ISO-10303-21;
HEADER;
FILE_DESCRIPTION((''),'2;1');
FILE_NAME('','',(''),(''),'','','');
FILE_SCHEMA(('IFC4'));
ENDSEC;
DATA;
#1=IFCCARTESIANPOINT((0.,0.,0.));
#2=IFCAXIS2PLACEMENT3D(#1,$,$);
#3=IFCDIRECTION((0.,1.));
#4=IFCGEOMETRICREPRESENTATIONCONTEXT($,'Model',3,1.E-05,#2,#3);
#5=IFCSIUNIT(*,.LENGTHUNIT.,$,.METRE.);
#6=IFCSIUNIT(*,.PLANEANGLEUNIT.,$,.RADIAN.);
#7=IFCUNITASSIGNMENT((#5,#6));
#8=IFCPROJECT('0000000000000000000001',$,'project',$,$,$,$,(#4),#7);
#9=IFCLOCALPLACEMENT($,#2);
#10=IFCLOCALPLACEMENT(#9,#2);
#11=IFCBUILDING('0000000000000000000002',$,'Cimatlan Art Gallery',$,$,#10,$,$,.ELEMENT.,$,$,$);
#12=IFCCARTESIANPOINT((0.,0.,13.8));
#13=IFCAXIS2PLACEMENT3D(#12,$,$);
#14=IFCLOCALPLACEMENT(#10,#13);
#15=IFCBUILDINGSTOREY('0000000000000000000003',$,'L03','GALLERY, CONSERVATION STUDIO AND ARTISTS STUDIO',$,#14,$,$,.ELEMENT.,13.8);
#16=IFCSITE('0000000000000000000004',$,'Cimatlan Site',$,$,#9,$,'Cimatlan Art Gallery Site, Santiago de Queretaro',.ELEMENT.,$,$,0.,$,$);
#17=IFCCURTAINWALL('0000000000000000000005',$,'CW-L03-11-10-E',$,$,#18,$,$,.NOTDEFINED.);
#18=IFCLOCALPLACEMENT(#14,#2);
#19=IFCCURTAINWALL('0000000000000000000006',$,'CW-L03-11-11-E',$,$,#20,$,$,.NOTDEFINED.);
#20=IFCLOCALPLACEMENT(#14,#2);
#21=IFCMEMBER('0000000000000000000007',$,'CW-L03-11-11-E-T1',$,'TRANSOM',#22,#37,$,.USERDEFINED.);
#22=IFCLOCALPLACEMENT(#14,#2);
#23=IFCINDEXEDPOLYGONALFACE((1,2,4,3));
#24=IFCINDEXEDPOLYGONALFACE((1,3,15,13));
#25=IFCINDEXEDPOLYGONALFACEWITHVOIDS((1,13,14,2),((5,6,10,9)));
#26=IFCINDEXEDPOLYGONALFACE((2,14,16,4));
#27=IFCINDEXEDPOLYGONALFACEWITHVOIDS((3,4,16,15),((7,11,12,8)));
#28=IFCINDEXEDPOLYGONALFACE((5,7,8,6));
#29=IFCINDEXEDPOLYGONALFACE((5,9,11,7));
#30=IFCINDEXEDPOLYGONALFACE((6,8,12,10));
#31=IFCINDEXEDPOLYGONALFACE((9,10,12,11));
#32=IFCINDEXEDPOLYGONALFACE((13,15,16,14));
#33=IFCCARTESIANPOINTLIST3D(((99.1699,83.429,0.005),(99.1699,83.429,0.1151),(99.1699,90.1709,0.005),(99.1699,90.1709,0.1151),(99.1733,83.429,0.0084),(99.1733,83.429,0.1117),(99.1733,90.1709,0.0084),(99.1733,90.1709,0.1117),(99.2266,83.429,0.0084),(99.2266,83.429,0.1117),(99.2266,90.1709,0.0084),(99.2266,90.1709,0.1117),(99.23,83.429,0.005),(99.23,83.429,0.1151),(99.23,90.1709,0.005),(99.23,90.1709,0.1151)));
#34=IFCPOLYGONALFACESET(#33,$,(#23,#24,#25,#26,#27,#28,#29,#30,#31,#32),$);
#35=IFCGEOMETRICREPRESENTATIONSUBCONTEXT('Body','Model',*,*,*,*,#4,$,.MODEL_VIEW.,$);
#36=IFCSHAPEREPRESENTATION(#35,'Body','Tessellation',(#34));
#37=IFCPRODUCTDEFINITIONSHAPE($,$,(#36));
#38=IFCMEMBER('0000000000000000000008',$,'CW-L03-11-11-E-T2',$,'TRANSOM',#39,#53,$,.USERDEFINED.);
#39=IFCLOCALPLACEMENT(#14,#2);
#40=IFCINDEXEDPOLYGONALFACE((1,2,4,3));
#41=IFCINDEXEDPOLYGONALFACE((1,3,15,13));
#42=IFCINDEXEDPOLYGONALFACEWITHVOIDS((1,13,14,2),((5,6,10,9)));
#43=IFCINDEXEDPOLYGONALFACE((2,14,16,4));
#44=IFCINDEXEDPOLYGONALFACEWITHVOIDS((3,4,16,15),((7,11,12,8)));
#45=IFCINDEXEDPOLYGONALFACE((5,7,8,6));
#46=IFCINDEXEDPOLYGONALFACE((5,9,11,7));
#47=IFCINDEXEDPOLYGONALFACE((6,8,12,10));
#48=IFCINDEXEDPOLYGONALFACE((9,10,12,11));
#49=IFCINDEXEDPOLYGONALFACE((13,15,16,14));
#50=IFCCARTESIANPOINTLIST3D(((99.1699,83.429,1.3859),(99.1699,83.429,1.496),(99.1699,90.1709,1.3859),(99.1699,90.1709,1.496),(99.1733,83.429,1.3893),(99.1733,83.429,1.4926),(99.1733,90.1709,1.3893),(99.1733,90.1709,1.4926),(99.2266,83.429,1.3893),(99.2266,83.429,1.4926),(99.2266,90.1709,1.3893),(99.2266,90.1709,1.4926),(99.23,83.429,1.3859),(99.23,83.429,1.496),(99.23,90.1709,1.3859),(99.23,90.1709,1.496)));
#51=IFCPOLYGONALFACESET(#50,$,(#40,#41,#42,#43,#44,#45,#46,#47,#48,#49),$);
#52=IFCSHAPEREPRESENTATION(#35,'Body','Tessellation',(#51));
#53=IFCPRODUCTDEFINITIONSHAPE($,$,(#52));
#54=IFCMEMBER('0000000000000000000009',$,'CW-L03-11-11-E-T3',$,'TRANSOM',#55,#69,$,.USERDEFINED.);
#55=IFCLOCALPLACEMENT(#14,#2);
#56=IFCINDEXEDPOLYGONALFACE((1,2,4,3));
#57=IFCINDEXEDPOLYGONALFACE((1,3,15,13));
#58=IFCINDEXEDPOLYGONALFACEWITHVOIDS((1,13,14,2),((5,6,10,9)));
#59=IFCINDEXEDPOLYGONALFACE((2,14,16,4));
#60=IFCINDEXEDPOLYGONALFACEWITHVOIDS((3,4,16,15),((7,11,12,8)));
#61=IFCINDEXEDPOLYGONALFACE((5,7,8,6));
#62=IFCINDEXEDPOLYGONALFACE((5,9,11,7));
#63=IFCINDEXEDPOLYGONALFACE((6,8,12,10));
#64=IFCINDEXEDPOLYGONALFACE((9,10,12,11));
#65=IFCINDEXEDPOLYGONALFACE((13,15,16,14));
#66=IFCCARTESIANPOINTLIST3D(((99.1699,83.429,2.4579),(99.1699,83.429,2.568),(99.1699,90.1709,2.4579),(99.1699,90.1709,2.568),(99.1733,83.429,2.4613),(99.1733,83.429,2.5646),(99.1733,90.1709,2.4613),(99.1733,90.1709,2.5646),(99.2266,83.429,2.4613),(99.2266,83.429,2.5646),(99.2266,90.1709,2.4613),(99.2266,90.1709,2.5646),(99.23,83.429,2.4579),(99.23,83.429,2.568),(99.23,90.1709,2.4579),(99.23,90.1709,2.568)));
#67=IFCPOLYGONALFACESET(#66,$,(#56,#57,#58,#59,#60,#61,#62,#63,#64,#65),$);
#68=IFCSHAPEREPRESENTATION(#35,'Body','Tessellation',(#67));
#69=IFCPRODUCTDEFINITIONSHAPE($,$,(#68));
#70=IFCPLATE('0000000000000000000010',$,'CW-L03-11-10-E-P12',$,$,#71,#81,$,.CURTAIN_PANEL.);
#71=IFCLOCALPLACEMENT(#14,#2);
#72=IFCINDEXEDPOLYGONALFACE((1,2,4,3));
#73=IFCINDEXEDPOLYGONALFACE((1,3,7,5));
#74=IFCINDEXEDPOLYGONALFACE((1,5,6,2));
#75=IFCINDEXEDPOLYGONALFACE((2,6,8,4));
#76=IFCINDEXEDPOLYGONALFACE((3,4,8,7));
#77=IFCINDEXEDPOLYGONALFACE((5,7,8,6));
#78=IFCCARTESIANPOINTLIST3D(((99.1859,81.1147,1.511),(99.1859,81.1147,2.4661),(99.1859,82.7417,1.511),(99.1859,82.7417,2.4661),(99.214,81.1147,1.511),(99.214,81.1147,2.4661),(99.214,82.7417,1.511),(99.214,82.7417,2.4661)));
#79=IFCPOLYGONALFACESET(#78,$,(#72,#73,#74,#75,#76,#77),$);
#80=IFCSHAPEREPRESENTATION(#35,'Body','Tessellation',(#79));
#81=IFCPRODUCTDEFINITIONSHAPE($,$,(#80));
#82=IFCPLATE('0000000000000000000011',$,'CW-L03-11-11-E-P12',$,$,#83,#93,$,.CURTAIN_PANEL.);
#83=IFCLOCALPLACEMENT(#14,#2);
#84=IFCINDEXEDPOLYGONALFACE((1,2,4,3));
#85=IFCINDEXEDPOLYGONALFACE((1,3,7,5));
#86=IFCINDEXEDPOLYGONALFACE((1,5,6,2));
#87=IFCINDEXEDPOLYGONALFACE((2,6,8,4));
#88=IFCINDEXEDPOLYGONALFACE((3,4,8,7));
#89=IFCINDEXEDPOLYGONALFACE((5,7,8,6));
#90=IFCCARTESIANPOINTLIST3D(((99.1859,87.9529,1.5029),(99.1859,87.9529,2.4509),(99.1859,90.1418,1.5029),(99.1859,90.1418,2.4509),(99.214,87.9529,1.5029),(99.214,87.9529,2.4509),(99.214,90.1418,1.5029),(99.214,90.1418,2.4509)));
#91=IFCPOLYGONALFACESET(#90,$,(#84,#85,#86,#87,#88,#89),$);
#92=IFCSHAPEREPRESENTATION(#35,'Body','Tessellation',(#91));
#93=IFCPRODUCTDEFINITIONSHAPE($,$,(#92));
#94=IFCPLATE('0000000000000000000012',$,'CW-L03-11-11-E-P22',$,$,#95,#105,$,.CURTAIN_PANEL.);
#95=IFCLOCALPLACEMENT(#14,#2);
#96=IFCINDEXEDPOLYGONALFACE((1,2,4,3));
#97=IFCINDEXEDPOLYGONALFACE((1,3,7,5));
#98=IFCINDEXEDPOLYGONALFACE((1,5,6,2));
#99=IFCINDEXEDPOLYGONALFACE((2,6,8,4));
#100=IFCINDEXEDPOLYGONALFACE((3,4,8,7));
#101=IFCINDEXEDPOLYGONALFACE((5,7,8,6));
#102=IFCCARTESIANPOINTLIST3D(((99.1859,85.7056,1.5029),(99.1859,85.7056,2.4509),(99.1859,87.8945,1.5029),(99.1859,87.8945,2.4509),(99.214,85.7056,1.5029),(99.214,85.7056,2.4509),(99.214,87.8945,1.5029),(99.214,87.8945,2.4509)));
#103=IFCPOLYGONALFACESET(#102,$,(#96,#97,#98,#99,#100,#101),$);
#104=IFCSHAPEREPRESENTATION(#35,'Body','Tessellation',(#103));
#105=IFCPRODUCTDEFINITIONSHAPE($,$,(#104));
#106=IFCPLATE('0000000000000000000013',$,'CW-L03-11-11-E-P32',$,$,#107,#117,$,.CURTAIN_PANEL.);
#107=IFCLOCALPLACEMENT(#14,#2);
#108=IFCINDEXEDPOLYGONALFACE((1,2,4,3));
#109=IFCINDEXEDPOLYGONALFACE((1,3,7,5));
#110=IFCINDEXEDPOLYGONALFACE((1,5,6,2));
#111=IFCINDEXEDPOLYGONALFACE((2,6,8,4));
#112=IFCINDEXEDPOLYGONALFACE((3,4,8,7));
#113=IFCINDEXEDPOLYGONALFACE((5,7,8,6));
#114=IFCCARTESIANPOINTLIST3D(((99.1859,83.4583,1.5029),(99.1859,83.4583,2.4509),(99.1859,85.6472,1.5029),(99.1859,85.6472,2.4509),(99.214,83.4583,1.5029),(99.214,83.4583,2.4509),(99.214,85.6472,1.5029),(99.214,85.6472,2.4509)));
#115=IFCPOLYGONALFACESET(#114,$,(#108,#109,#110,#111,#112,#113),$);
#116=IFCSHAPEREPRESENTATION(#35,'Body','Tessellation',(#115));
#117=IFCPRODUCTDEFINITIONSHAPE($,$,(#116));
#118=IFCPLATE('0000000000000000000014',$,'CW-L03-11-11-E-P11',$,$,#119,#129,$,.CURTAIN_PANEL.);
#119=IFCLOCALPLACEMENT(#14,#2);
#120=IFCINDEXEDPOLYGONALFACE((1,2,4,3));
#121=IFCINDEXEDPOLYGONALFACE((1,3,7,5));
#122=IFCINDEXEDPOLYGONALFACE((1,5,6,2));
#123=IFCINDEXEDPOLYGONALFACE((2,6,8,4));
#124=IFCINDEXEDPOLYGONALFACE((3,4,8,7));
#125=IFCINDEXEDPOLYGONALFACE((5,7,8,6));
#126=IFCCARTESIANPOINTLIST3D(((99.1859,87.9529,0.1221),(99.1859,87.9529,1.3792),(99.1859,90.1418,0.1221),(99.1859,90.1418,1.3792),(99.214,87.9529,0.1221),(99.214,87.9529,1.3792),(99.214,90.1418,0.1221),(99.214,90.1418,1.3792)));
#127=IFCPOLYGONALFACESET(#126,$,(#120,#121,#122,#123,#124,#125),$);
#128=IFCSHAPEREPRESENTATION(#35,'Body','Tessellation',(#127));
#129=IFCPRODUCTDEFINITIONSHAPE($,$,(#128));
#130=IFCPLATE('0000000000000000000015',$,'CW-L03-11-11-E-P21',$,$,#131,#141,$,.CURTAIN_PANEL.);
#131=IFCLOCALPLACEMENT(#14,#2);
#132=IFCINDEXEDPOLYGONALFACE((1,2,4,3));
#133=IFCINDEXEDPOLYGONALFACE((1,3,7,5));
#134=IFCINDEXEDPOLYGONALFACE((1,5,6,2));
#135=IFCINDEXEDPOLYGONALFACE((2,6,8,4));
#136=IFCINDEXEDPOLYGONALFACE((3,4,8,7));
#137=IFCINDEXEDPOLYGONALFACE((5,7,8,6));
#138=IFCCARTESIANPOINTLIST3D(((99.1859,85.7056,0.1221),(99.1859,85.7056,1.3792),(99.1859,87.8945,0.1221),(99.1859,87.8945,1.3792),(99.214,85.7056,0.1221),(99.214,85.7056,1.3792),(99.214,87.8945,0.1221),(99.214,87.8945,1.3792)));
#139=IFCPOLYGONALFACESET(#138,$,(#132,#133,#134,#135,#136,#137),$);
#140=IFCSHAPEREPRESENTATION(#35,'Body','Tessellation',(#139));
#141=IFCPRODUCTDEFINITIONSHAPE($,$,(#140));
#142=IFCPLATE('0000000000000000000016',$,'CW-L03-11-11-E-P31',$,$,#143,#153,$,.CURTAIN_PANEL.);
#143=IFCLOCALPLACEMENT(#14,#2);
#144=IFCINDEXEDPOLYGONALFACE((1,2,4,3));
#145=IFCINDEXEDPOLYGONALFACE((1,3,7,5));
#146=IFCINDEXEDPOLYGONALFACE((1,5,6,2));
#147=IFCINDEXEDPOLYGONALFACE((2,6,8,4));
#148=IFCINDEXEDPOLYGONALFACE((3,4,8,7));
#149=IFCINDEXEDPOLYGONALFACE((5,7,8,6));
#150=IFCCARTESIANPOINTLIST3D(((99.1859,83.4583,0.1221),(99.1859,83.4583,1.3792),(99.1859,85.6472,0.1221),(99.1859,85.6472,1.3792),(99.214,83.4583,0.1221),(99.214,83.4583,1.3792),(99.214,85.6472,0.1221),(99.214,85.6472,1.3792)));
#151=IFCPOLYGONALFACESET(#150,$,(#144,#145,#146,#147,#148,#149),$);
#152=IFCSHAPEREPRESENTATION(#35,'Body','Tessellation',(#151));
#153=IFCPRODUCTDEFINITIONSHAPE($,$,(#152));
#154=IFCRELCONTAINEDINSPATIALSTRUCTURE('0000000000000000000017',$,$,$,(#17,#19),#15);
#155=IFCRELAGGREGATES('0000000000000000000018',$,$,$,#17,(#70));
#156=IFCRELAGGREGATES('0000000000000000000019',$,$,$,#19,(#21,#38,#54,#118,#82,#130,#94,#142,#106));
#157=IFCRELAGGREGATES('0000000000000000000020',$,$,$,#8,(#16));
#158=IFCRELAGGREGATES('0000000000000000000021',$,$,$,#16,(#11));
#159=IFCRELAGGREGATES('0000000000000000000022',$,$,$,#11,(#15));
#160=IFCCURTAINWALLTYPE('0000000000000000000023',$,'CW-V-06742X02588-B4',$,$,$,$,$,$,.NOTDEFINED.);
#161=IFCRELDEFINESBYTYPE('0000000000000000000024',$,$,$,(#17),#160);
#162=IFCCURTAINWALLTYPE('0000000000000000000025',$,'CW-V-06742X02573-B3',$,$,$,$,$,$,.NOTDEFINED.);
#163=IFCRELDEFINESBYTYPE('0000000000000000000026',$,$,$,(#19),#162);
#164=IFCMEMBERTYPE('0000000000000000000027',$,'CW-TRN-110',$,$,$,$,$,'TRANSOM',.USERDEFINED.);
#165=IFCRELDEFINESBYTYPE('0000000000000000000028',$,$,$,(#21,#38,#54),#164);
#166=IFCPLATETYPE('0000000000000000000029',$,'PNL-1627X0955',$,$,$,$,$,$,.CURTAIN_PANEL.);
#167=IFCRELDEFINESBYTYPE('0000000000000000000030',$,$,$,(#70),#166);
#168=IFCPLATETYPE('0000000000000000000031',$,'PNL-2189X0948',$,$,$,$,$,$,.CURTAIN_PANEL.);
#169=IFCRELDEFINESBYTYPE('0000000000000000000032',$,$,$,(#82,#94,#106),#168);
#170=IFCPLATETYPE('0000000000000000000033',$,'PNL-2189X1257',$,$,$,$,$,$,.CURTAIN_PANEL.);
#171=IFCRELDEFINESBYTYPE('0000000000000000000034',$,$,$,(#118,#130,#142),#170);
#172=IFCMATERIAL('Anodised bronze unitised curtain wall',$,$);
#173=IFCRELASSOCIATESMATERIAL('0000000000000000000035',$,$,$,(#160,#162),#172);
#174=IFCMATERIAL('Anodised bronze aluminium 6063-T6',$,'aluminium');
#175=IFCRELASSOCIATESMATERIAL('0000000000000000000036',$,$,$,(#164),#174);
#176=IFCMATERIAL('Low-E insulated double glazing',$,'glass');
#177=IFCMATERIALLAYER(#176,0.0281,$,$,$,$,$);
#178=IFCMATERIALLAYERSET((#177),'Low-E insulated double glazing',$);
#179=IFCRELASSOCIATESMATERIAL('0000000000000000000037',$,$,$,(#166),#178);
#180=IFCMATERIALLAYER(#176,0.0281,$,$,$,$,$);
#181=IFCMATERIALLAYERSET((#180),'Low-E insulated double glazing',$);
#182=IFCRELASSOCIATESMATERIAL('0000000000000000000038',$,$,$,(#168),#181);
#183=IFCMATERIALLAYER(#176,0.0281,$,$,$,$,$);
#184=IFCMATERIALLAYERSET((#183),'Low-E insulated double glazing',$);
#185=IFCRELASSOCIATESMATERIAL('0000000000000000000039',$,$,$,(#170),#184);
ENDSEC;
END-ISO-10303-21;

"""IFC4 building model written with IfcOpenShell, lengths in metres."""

from ifc_helpers import new_model, si_unit, direction, frame, origin, origin_2d, place, context, subcontext, project, spatial, rectangle, hollow_rectangle, extrude, material, layer, layer_set, material_profile, profile_set, type_object, element, aggregate, save


model = new_model("IFC4")

# Units and contexts
model_context = context("Model", 3, precision=1e-05, world=origin(), true_north=direction((0.0, 1.0)))
body_context = subcontext(model_context, "Body", "Model", "MODEL_VIEW")
ifc_project = project(units=[si_unit("LENGTHUNIT", "METRE"), si_unit("PLANEANGLEUNIT", "RADIAN")], contexts=[model_context])

# Site, building, storey
site_placement = place(None, origin())
site = spatial("IfcSite", under=ifc_project, at=site_placement, Name="Cimatlan Site", LongName="Cimatlan Art Gallery Site, Santiago de Queretaro", CompositionType="ELEMENT", RefElevation=0.0)
building_placement = place(site_placement, origin())
building = spatial("IfcBuilding", under=site, at=building_placement, Name="Cimatlan Art Gallery", CompositionType="ELEMENT")
storey_placement = place(building_placement, frame((0.0, 0.0, 13.8)))
storey = spatial("IfcBuildingStorey", under=building, at=storey_placement, Name="L03", Description="GALLERY, CONSERVATION STUDIO AND ARTISTS STUDIO", CompositionType="ELEMENT", Elevation=13.8)

# Curtain wall
ifc_material_1 = material(Name="Anodised bronze unitised curtain wall")
curtain_wall_type_1 = type_object("IfcCurtainWallType", Name="CW-V-06742X02588-B4", PredefinedType="NOTDEFINED", material=ifc_material_1)
curtain_wall_1_placement = place(storey_placement, origin())
curtain_wall_1 = element("IfcCurtainWall", 1, at=curtain_wall_1_placement, inside=storey, type_object=curtain_wall_type_1, Name="CW-L03-11-10-E", PredefinedType="NOTDEFINED")
ifc_material_2 = material(Name="Anodised bronze aluminium 6063-T6", Category="aluminium")

# Curtain wall
curtain_wall_type_2 = type_object("IfcCurtainWallType", Name="CW-V-06742X02573-B3", PredefinedType="NOTDEFINED", material=ifc_material_1)
curtain_wall_2_placement = place(storey_placement, origin())
curtain_wall_2 = element("IfcCurtainWall", 2, at=curtain_wall_2_placement, inside=storey, type_object=curtain_wall_type_2, Name="CW-L03-11-11-E", PredefinedType="NOTDEFINED")

# Members
ifc_material_profile_1 = material_profile(ifc_material_2, hollow_rectangle(XDim=0.0601, YDim=0.1101, WallThickness=0.0034, at=origin_2d()), Name="ALU60X110X3")
ifc_profile_set_1 = profile_set([ifc_material_profile_1], Name="Anodised bronze aluminium 6063-T6")
member_type_1 = type_object("IfcMemberType", Name="CW-TRN-110", ElementType="TRANSOM", PredefinedType="USERDEFINED", material=ifc_profile_set_1)
member_1_placement = place(storey_placement, frame((99.2, 90.1709, 0.0601), z_axis=(0.0, -1.0, 0.0), x_axis=(1.0, 0.0, 0.0)))
member_1 = element("IfcMember", 3, at=member_1_placement, type_object=member_type_1, Name="CW-L03-11-11-E-T1", ObjectType="TRANSOM", PredefinedType="USERDEFINED", context=body_context, shape_type="SweptSolid", body=[
    extrude(hollow_rectangle(XDim=0.0601, YDim=0.1101, WallThickness=0.0034, at=origin_2d()), origin(), (0.0, 0.0, 1.0), 6.7419),
])
member_2_placement = place(storey_placement, frame((99.2, 90.1709, 1.4409), z_axis=(0.0, -1.0, 0.0), x_axis=(1.0, 0.0, 0.0)))
member_2 = element("IfcMember", 4, at=member_2_placement, type_object=member_type_1, Name="CW-L03-11-11-E-T2", ObjectType="TRANSOM", PredefinedType="USERDEFINED", context=body_context, shape_type="SweptSolid", body=[
    extrude(hollow_rectangle(XDim=0.0601, YDim=0.1101, WallThickness=0.0034, at=origin_2d()), origin(), (0.0, 0.0, 1.0), 6.7419),
])
member_3_placement = place(storey_placement, frame((99.2, 90.1709, 2.5129), z_axis=(0.0, -1.0, 0.0), x_axis=(1.0, 0.0, 0.0)))
member_3 = element("IfcMember", 5, at=member_3_placement, type_object=member_type_1, Name="CW-L03-11-11-E-T3", ObjectType="TRANSOM", PredefinedType="USERDEFINED", context=body_context, shape_type="SweptSolid", body=[
    extrude(hollow_rectangle(XDim=0.0601, YDim=0.1101, WallThickness=0.0034, at=origin_2d()), origin(), (0.0, 0.0, 1.0), 6.7419),
])

# Plates
ifc_material_3 = material(Name="Low-E insulated double glazing", Category="glass")
ifc_layer_1 = layer(ifc_material_3, 0.0281)
ifc_layer_set_1 = layer_set([ifc_layer_1], Name="Low-E insulated double glazing")
plate_type_1 = type_object("IfcPlateType", Name="PNL-1627X0955", PredefinedType="CURTAIN_PANEL", material=ifc_layer_set_1)
plate_1_placement = place(storey_placement, frame((99.2, 81.9282, 1.511), z_axis=(0.0, 0.0, 1.0), x_axis=(0.0, -1.0, 0.0)))
plate_1 = element("IfcPlate", 6, at=plate_1_placement, type_object=plate_type_1, Name="CW-L03-11-10-E-P12", PredefinedType="CURTAIN_PANEL", context=body_context, shape_type="SweptSolid", body=[
    extrude(rectangle(XDim=1.627, YDim=0.0281, at=origin_2d()), origin(), (0.0, 0.0, 1.0), 0.9551),
])
aggregate(curtain_wall_1, [plate_1])
ifc_layer_2 = layer(ifc_material_3, 0.0281)
ifc_layer_set_2 = layer_set([ifc_layer_2], Name="Low-E insulated double glazing")
plate_type_2 = type_object("IfcPlateType", Name="PNL-2189X0948", PredefinedType="CURTAIN_PANEL", material=ifc_layer_set_2)
plate_2_placement = place(storey_placement, frame((99.2, 89.0474, 1.5029), z_axis=(0.0, 0.0, 1.0), x_axis=(0.0, -1.0, 0.0)))
plate_2 = element("IfcPlate", 7, at=plate_2_placement, type_object=plate_type_2, Name="CW-L03-11-11-E-P12", PredefinedType="CURTAIN_PANEL", context=body_context, shape_type="SweptSolid", body=[
    extrude(rectangle(XDim=2.189, YDim=0.0281, at=origin_2d()), origin(), (0.0, 0.0, 1.0), 0.948),
])
plate_3_placement = place(storey_placement, frame((99.2, 86.8, 1.5029), z_axis=(0.0, 0.0, 1.0), x_axis=(0.0, -1.0, 0.0)))
plate_3 = element("IfcPlate", 8, at=plate_3_placement, type_object=plate_type_2, Name="CW-L03-11-11-E-P22", PredefinedType="CURTAIN_PANEL", context=body_context, shape_type="SweptSolid", body=[
    extrude(rectangle(XDim=2.189, YDim=0.0281, at=origin_2d()), origin(), (0.0, 0.0, 1.0), 0.948),
])
plate_4_placement = place(storey_placement, frame((99.2, 84.5527, 1.5029), z_axis=(0.0, 0.0, 1.0), x_axis=(0.0, -1.0, 0.0)))
plate_4 = element("IfcPlate", 9, at=plate_4_placement, type_object=plate_type_2, Name="CW-L03-11-11-E-P32", PredefinedType="CURTAIN_PANEL", context=body_context, shape_type="SweptSolid", body=[
    extrude(rectangle(XDim=2.189, YDim=0.0281, at=origin_2d()), origin(), (0.0, 0.0, 1.0), 0.948),
])
ifc_layer_3 = layer(ifc_material_3, 0.0281)
ifc_layer_set_3 = layer_set([ifc_layer_3], Name="Low-E insulated double glazing")
plate_type_3 = type_object("IfcPlateType", Name="PNL-2189X1257", PredefinedType="CURTAIN_PANEL", material=ifc_layer_set_3)
plate_5_placement = place(storey_placement, frame((99.2, 89.0474, 0.1221), z_axis=(0.0, 0.0, 1.0), x_axis=(0.0, -1.0, 0.0)))
plate_5 = element("IfcPlate", 10, at=plate_5_placement, type_object=plate_type_3, Name="CW-L03-11-11-E-P11", PredefinedType="CURTAIN_PANEL", context=body_context, shape_type="SweptSolid", body=[
    extrude(rectangle(XDim=2.189, YDim=0.0281, at=origin_2d()), origin(), (0.0, 0.0, 1.0), 1.2571),
])
plate_6_placement = place(storey_placement, frame((99.2, 86.8, 0.1221), z_axis=(0.0, 0.0, 1.0), x_axis=(0.0, -1.0, 0.0)))
plate_6 = element("IfcPlate", 11, at=plate_6_placement, type_object=plate_type_3, Name="CW-L03-11-11-E-P21", PredefinedType="CURTAIN_PANEL", context=body_context, shape_type="SweptSolid", body=[
    extrude(rectangle(XDim=2.189, YDim=0.0281, at=origin_2d()), origin(), (0.0, 0.0, 1.0), 1.2571),
])
plate_7_placement = place(storey_placement, frame((99.2, 84.5527, 0.1221), z_axis=(0.0, 0.0, 1.0), x_axis=(0.0, -1.0, 0.0)))
plate_7 = element("IfcPlate", 12, at=plate_7_placement, type_object=plate_type_3, Name="CW-L03-11-11-E-P31", PredefinedType="CURTAIN_PANEL", context=body_context, shape_type="SweptSolid", body=[
    extrude(rectangle(XDim=2.189, YDim=0.0281, at=origin_2d()), origin(), (0.0, 0.0, 1.0), 1.2571),
])
aggregate(curtain_wall_2, [member_1, member_2, member_3, plate_5, plate_2, plate_6, plate_3, plate_7, plate_4])

save(model, "model.ifc")
